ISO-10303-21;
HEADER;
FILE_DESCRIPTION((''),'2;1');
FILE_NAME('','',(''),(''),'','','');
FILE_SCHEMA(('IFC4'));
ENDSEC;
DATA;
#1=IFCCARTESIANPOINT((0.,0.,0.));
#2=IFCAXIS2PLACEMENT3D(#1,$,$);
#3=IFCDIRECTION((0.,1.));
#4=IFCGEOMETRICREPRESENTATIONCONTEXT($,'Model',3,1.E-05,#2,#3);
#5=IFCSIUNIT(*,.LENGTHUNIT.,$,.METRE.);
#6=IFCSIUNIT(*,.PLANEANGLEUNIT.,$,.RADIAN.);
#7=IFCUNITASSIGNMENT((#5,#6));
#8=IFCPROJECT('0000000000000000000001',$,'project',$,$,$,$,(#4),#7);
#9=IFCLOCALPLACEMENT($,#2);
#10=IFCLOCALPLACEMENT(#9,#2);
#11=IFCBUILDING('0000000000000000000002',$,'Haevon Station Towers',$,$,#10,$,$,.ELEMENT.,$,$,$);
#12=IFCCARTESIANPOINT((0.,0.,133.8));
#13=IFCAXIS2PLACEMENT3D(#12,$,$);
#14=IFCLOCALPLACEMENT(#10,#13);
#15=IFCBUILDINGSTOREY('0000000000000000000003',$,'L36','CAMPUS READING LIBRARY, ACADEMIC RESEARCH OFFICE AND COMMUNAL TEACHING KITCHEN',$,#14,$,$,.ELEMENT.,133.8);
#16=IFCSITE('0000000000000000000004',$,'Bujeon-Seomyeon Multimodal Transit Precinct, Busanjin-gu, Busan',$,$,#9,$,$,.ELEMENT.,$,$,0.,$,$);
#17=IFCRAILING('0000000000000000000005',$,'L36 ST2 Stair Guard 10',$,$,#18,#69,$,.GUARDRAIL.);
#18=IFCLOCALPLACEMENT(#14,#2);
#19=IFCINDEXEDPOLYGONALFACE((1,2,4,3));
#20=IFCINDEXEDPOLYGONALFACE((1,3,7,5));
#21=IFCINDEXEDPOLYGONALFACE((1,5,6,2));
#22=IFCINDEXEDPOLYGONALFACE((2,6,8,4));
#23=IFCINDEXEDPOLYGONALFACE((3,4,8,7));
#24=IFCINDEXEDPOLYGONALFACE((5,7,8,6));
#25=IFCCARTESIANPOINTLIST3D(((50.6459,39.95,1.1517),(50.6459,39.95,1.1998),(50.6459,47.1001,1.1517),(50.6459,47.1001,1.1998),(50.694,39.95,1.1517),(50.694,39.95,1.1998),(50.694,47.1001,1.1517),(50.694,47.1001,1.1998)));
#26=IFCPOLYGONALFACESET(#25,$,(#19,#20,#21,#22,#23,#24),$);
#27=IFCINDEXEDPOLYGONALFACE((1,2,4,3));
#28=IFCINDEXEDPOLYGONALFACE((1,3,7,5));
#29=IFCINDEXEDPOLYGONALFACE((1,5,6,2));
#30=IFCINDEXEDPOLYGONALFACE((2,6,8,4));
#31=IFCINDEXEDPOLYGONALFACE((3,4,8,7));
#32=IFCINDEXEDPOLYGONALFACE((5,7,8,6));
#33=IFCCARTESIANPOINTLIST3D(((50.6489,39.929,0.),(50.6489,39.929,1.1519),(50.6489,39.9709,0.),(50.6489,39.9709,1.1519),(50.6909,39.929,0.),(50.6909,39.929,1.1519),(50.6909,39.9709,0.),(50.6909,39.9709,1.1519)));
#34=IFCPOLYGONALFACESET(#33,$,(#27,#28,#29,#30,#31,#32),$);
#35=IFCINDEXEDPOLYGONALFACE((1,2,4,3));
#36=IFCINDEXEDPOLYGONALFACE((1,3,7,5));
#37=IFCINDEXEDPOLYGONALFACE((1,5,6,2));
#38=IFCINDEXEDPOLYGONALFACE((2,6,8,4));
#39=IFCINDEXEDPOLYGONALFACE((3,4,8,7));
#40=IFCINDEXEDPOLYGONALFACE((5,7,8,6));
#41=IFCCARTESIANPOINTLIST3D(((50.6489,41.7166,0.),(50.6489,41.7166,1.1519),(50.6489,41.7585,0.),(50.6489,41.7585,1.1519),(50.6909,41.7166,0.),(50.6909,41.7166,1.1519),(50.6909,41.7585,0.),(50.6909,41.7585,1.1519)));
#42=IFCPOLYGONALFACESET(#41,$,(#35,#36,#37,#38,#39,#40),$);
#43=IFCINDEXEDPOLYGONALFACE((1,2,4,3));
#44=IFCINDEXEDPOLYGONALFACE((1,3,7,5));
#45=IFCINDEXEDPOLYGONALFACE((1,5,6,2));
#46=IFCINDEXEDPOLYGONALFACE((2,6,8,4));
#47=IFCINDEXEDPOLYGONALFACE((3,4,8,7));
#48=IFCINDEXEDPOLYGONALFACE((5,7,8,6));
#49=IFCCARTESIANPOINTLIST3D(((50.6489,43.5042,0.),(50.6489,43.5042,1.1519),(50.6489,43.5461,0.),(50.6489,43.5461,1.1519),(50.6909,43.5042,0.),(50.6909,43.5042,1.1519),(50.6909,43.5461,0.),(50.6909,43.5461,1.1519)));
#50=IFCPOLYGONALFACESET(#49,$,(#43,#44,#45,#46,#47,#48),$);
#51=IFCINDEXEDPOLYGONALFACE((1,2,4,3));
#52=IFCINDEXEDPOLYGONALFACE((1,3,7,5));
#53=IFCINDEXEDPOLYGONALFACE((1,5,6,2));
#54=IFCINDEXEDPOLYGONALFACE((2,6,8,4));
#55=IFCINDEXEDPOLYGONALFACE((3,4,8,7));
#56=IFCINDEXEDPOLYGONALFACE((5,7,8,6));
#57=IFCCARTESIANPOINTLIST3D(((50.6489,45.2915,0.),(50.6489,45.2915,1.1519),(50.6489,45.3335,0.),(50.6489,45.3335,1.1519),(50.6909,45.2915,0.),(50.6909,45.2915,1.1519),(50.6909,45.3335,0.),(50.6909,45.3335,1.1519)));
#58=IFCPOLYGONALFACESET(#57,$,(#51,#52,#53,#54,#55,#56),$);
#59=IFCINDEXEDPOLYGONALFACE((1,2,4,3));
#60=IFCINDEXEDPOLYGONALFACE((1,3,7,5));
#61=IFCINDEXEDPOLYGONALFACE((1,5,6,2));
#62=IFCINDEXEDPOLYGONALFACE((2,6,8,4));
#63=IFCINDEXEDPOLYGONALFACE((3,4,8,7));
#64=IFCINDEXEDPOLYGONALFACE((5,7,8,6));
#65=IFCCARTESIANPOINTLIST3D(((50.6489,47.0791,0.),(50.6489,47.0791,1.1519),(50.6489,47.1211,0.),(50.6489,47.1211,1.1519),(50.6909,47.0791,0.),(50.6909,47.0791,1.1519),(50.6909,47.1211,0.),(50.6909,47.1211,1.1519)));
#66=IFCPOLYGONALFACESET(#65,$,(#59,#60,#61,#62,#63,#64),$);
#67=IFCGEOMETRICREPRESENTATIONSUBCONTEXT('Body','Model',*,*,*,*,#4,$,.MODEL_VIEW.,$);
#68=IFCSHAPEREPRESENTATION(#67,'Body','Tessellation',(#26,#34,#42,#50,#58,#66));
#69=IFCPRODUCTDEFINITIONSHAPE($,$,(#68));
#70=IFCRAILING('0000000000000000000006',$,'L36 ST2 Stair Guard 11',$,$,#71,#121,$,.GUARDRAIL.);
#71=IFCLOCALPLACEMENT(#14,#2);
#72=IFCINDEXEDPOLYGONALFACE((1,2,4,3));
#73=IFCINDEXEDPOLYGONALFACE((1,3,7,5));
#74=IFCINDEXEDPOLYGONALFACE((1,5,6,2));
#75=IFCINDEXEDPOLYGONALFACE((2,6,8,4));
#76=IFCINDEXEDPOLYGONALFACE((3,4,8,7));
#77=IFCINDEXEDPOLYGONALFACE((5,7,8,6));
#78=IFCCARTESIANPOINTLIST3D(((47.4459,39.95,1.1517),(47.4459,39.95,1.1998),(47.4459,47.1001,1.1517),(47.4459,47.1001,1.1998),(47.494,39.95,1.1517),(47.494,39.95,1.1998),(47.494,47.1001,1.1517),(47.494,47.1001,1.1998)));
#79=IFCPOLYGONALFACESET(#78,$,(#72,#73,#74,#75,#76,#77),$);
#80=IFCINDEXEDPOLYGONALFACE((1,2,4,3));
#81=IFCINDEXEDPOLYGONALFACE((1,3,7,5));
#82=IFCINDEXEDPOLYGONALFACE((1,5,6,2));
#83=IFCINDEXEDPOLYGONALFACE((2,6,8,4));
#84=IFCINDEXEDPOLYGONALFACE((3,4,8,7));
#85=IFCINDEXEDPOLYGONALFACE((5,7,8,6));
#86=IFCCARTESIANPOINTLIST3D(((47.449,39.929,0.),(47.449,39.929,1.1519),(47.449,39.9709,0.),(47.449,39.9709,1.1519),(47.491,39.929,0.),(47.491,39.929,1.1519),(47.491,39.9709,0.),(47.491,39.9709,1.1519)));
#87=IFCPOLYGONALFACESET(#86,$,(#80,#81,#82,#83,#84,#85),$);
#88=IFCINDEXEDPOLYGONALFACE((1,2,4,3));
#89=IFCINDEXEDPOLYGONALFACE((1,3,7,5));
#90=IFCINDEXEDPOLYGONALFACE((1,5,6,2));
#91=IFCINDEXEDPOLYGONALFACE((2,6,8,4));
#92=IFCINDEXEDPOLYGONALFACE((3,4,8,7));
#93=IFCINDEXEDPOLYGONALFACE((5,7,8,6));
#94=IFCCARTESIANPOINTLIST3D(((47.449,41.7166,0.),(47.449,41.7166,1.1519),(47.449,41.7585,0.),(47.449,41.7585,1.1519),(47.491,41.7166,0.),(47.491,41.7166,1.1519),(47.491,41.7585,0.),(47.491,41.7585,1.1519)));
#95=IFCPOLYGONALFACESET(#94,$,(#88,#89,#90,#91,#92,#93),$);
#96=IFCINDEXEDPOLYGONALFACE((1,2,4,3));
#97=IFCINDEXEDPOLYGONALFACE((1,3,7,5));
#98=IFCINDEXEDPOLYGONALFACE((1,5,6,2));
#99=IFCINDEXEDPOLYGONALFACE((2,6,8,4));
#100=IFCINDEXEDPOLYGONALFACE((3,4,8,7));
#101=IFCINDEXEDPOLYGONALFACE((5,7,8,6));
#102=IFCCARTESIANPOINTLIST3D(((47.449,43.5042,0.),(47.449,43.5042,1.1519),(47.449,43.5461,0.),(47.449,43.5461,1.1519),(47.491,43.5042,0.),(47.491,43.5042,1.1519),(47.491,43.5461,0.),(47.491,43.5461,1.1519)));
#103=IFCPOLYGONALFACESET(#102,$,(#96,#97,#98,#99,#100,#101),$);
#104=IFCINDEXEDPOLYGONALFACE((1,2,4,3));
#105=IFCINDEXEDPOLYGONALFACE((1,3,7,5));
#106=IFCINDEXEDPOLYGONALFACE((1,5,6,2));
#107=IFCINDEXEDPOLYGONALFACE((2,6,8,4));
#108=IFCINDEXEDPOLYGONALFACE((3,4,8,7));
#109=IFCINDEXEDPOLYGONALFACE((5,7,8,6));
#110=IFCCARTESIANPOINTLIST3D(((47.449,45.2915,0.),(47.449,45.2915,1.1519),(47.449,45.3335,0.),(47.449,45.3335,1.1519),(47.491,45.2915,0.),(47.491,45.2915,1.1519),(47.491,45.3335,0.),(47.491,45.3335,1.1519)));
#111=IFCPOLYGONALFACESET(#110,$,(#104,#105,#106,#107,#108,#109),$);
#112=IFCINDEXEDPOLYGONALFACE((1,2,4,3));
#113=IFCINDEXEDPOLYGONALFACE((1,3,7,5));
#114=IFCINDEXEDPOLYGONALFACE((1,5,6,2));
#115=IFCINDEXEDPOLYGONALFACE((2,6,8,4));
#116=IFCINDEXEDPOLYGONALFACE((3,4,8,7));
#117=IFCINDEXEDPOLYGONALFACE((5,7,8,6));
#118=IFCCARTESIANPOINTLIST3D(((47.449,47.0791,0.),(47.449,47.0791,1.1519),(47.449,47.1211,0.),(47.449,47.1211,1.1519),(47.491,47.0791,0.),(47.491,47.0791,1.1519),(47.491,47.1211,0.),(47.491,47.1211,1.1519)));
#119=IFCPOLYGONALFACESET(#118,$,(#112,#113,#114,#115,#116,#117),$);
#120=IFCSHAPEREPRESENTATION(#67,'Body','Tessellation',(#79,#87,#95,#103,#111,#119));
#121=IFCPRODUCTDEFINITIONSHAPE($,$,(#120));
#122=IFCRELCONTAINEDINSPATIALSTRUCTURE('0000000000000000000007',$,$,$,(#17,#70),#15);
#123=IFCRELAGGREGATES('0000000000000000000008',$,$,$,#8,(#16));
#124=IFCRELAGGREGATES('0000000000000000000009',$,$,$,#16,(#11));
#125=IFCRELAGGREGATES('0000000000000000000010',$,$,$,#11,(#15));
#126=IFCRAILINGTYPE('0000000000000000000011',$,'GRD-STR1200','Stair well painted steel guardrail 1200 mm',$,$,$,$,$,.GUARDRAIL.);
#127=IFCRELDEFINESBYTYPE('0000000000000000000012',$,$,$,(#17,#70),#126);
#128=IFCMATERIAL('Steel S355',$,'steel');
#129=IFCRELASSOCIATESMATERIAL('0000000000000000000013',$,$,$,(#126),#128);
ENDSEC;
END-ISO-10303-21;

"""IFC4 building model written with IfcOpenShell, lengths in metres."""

from ifc_helpers import new_model, si_unit, direction, frame, origin, origin_2d, place, context, subcontext, project, spatial, rectangle, extrude, material, type_object, element, save


model = new_model("IFC4")

# Units and contexts
model_context = context("Model", 3, precision=1e-05, world=origin(), true_north=direction((0.0, 1.0)))
body_context = subcontext(model_context, "Body", "Model", "MODEL_VIEW")
ifc_project = project(units=[si_unit("LENGTHUNIT", "METRE"), si_unit("PLANEANGLEUNIT", "RADIAN")], contexts=[model_context])

# Site, building, storey
site_placement = place(None, origin())
site = spatial("IfcSite", under=ifc_project, at=site_placement, Name="Bujeon-Seomyeon Multimodal Transit Precinct, Busanjin-gu, Busan", CompositionType="ELEMENT", RefElevation=0.0)
building_placement = place(site_placement, origin())
building = spatial("IfcBuilding", under=site, at=building_placement, Name="Haevon Station Towers", CompositionType="ELEMENT")
storey_placement = place(building_placement, frame((0.0, 0.0, 133.8)))
storey = spatial("IfcBuildingStorey", under=building, at=storey_placement, Name="L36", Description="CAMPUS READING LIBRARY, ACADEMIC RESEARCH OFFICE AND COMMUNAL TEACHING KITCHEN", CompositionType="ELEMENT", Elevation=133.8)

# Shared definitions
ifc_material_1 = material(Name="Steel S355", Category="steel")

# Railings
railing_type = type_object("IfcRailingType", Name="GRD-STR1200", Description="Stair well painted steel guardrail 1200 mm", PredefinedType="GUARDRAIL", material=ifc_material_1)
for number, where, name in (
    (1, (50.6699, 39.95, 0.0), "L36 ST2 Stair Guard 10"),
    (2, (47.47, 39.95, 0.0), "L36 ST2 Stair Guard 11"),
):
    element("IfcRailing", number, at=place(storey_placement, frame(where)), inside=storey, type_object=railing_type, Name=name, PredefinedType="GUARDRAIL", context=body_context, shape_type="SweptSolid", body=[
        extrude(rectangle(XDim=0.0481, YDim=0.0481, at=origin_2d()), frame((0.0, 0.0, 1.1758), z_axis=(0.0, 1.0, 0.0), x_axis=(-1.0, 0.0, 0.0)), (0.0, 0.0, 1.0), 7.1501),
        extrude(rectangle(XDim=0.042, YDim=0.042, at=origin_2d()), origin(), (0.0, 0.0, 1.0), 1.1519),
        extrude(rectangle(XDim=0.042, YDim=0.042, at=origin_2d()), frame((0.0, 1.7876, 0.0)), (0.0, 0.0, 1.0), 1.1519),
        extrude(rectangle(XDim=0.042, YDim=0.042, at=origin_2d()), frame((0.0, 3.5752, 0.0)), (0.0, 0.0, 1.0), 1.1519),
        extrude(rectangle(XDim=0.042, YDim=0.042, at=origin_2d()), frame((0.0, 5.3625, 0.0)), (0.0, 0.0, 1.0), 1.1519),
        extrude(rectangle(XDim=0.042, YDim=0.042, at=origin_2d()), frame((0.0, 7.1501, 0.0)), (0.0, 0.0, 1.0), 1.1519),
    ])

save(model, "model.ifc")
